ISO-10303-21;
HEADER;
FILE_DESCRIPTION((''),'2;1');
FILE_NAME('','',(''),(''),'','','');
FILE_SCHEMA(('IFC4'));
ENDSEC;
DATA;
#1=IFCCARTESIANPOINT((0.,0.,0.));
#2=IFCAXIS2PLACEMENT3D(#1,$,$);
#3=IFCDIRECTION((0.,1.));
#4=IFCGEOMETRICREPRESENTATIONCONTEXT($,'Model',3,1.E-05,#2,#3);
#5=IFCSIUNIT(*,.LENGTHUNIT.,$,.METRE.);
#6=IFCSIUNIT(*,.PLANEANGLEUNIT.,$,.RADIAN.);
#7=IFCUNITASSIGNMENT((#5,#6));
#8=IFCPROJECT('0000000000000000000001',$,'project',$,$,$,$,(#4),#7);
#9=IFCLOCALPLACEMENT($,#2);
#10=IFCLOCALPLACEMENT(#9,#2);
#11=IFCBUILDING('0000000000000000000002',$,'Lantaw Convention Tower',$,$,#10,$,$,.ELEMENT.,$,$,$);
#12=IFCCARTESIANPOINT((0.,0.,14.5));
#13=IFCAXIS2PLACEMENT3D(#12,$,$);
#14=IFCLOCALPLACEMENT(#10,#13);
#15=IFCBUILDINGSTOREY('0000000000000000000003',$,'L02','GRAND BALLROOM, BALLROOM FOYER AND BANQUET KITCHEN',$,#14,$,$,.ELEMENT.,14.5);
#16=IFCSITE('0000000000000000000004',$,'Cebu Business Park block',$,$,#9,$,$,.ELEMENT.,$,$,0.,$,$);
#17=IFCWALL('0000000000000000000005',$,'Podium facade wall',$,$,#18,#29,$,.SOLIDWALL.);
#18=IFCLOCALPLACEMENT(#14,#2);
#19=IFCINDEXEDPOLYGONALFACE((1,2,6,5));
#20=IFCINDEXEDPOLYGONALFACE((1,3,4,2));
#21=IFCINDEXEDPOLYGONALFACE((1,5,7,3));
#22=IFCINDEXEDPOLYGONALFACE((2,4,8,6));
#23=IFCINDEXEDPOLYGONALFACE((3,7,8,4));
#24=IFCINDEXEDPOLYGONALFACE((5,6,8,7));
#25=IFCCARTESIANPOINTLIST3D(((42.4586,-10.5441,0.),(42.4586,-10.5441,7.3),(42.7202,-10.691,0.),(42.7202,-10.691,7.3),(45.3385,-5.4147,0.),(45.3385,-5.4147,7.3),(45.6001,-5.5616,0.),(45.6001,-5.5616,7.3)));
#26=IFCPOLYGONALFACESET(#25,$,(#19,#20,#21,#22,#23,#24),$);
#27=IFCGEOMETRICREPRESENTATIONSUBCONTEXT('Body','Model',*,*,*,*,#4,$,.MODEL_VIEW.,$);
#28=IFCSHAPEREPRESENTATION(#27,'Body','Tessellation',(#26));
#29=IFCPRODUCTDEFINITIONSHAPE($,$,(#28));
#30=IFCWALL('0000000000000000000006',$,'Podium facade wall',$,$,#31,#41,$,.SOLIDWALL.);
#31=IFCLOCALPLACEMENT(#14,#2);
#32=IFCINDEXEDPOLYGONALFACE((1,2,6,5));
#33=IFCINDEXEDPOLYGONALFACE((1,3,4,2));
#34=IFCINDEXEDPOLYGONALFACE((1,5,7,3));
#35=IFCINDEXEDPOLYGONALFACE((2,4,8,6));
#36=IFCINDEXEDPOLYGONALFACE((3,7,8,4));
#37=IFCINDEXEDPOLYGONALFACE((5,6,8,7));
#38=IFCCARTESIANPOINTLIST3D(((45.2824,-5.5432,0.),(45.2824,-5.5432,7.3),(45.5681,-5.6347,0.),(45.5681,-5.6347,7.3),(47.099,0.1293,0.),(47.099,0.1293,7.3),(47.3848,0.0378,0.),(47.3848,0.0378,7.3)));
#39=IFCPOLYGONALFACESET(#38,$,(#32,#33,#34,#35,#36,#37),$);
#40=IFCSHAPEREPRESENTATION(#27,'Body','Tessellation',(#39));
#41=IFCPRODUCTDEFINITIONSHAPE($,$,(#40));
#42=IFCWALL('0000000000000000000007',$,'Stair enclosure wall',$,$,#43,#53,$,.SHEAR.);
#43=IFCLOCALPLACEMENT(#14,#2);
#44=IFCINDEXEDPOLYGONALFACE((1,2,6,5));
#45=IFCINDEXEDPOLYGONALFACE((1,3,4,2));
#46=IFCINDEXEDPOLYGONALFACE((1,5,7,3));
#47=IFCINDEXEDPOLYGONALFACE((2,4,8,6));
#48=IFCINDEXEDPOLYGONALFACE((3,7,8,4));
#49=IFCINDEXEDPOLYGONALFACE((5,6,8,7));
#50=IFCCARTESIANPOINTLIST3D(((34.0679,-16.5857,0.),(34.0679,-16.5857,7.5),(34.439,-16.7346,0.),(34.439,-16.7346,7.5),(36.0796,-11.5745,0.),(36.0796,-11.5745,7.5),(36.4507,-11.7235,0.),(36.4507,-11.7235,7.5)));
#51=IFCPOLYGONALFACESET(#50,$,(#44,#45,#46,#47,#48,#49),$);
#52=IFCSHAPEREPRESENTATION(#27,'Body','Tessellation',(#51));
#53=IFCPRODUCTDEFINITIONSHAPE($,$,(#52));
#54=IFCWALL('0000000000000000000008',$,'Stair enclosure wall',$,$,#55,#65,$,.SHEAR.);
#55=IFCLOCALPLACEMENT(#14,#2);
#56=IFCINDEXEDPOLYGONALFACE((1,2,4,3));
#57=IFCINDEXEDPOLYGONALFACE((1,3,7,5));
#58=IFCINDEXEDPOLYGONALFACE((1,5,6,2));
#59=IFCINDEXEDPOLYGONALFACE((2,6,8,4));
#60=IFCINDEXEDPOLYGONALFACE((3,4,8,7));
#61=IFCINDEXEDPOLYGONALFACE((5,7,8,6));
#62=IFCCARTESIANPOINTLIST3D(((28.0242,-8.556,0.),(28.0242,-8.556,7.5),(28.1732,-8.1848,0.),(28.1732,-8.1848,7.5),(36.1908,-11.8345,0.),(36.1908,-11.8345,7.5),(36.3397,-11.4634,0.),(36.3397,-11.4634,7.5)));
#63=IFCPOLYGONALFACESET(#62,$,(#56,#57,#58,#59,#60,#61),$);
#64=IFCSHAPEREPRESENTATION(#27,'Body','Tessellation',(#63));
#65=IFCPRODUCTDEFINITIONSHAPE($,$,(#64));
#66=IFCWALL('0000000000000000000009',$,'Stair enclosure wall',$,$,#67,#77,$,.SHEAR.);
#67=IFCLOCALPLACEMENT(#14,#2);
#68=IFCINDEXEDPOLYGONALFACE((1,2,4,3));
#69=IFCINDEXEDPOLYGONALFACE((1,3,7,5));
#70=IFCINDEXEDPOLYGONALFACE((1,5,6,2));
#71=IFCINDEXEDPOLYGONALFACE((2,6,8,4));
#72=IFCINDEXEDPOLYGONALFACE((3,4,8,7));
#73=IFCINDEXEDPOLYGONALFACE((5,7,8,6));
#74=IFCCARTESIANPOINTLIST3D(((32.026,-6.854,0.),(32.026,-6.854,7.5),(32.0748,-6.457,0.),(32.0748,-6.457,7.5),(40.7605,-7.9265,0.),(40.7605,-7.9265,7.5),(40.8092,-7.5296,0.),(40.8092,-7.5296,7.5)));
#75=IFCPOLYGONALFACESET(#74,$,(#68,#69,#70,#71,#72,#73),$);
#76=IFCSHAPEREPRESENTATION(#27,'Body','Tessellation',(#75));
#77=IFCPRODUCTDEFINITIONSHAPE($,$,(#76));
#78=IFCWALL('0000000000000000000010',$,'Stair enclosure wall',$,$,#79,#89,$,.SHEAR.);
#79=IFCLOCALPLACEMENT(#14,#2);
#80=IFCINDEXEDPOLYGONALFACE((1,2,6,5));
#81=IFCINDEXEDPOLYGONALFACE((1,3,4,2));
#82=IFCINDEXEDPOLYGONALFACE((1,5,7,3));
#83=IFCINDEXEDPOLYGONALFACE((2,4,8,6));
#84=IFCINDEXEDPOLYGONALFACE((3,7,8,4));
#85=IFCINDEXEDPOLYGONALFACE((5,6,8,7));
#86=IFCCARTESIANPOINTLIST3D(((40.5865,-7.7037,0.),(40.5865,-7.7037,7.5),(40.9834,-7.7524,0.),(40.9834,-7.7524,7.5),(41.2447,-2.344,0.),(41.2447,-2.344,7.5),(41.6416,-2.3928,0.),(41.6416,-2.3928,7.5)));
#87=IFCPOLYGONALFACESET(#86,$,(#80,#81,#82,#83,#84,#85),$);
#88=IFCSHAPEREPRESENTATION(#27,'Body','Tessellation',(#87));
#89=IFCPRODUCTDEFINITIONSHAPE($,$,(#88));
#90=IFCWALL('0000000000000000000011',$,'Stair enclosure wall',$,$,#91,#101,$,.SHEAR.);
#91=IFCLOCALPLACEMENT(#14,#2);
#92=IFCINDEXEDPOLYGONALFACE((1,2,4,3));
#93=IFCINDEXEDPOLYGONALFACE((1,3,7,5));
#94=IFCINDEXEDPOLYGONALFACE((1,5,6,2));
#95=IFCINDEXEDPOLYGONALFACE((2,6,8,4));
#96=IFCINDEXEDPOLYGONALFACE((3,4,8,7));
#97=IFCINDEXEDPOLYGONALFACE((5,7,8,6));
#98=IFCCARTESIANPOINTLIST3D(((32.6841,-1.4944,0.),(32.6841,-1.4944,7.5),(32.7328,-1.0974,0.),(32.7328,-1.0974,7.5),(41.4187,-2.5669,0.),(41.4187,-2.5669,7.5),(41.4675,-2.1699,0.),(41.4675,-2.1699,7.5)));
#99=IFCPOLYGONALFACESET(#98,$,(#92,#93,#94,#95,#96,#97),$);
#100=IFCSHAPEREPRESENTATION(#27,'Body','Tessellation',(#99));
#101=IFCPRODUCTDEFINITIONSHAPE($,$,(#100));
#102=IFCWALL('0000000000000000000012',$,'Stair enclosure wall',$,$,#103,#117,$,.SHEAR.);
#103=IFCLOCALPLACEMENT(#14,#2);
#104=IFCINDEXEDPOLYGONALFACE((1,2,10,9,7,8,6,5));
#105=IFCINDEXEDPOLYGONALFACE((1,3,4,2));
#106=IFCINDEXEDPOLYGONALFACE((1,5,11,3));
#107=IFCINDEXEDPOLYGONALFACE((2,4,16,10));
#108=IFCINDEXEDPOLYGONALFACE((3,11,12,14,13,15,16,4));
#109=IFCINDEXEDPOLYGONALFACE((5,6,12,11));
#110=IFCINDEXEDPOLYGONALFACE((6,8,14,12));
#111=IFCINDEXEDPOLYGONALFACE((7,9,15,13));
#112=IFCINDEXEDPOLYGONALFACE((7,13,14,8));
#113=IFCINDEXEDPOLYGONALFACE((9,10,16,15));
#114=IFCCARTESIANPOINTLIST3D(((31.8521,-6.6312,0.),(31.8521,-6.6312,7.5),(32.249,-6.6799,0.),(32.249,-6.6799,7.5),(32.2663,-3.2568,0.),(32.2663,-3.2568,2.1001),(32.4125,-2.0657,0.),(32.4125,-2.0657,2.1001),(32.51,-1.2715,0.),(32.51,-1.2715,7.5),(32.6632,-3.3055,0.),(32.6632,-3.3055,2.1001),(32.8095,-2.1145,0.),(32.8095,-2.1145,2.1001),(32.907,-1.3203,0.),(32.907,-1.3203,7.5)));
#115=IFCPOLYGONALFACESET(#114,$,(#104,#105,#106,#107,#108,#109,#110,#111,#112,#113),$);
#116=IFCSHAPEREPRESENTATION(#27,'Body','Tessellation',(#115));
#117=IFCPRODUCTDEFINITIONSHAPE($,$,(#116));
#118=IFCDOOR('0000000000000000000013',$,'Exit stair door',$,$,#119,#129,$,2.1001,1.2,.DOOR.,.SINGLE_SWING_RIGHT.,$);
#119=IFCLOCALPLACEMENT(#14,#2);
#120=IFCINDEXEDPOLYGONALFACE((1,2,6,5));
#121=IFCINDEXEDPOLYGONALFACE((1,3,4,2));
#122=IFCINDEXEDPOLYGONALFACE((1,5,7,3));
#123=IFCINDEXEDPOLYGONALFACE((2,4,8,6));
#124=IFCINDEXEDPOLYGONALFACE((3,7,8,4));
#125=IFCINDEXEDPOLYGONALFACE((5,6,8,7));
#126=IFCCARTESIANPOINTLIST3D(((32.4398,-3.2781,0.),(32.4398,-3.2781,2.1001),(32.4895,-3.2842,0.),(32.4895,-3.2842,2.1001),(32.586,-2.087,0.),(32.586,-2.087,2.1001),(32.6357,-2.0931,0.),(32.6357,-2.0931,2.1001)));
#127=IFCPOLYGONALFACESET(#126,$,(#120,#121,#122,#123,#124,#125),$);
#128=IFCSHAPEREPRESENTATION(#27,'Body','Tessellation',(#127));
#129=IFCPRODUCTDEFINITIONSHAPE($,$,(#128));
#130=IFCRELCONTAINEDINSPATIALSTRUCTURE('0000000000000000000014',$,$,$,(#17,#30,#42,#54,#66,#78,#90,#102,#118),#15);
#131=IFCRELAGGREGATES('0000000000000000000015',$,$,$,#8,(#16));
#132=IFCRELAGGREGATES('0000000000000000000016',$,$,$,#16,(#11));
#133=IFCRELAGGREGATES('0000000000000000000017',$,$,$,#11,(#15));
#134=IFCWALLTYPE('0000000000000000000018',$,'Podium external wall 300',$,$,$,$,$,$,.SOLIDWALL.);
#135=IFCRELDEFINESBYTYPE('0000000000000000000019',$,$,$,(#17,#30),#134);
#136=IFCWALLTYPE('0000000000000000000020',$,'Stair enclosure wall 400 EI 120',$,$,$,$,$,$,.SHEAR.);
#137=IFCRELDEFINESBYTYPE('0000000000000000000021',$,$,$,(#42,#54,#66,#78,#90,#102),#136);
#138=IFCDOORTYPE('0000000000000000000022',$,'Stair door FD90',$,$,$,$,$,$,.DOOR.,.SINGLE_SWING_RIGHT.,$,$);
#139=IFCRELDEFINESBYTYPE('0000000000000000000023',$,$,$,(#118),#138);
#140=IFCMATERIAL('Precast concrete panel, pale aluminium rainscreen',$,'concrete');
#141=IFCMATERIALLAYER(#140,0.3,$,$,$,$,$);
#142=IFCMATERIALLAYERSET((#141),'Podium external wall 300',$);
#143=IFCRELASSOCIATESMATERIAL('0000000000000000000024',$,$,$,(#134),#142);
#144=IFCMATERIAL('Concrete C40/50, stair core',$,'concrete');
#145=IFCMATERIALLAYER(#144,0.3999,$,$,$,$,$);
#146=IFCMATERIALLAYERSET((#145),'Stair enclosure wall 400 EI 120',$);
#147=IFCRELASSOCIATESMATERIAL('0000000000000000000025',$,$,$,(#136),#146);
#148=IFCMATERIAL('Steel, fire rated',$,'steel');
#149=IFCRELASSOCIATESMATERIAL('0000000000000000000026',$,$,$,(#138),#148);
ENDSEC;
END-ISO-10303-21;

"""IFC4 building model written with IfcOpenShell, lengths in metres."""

from ifc_helpers import new_model, si_unit, direction, frame, frame_2d, origin, place, context, subcontext, project, spatial, rectangle, extrude, material, layer, layer_set, type_object, element, fill, save


model = new_model("IFC4")

# Units and contexts
model_context = context("Model", 3, precision=1e-05, world=origin(), true_north=direction((0.0, 1.0)))
body_context = subcontext(model_context, "Body", "Model", "MODEL_VIEW")
ifc_project = project(units=[si_unit("LENGTHUNIT", "METRE"), si_unit("PLANEANGLEUNIT", "RADIAN")], contexts=[model_context])

# Site, building, storey
site_placement = place(None, origin())
site = spatial("IfcSite", under=ifc_project, at=site_placement, Name="Cebu Business Park block", CompositionType="ELEMENT", RefElevation=0.0)
building_placement = place(site_placement, origin())
building = spatial("IfcBuilding", under=site, at=building_placement, Name="Lantaw Convention Tower", CompositionType="ELEMENT")
storey_placement = place(building_placement, frame((0.0, 0.0, 14.5)))
storey = spatial("IfcBuildingStorey", under=building, at=storey_placement, Name="L02", Description="GRAND BALLROOM, BALLROOM FOYER AND BANQUET KITCHEN", CompositionType="ELEMENT", Elevation=14.5)

# Walls
ifc_material_1 = material(Name="Precast concrete panel, pale aluminium rainscreen", Category="concrete")
ifc_layer_1 = layer(ifc_material_1, 0.3)
ifc_layer_set_1 = layer_set([ifc_layer_1], Name="Podium external wall 300")
wall_type_1 = type_object("IfcWallType", Name="Podium external wall 300", PredefinedType="SOLIDWALL", material=ifc_layer_set_1)
wall_1_placement = place(storey_placement, frame((42.5894, -10.6177, 0.0), z_axis=(0.0, 0.0, 1.0), x_axis=(0.489564, 0.871968, 0.0)))
element("IfcWall", 1, at=wall_1_placement, inside=storey, type_object=wall_type_1, Name="Podium facade wall", PredefinedType="SOLIDWALL", context=body_context, shape_type="SweptSolid", body=[
    extrude(rectangle(XDim=5.8826, YDim=0.3, at=frame_2d((2.9414, 0.0))), origin(), (0.0, 0.0, 1.0), 7.3),
])
wall_2_placement = place(storey_placement, frame((45.4253, -5.5889, 0.0), z_axis=(0.0, 0.0, 1.0), x_axis=(0.304991, 0.952355, 0.0)))
element("IfcWall", 2, at=wall_2_placement, inside=storey, type_object=wall_type_1, Name="Podium facade wall", PredefinedType="SOLIDWALL", context=body_context, shape_type="SweptSolid", body=[
    extrude(rectangle(XDim=5.9563, YDim=0.3, at=frame_2d((2.978, 0.0))), origin(), (0.0, 0.0, 1.0), 7.3),
])

# Walls
ifc_material_2 = material(Name="Concrete C40/50, stair core", Category="concrete")
ifc_layer_2 = layer(ifc_material_2, 0.3999)
ifc_layer_set_2 = layer_set([ifc_layer_2], Name="Stair enclosure wall 400 EI 120")
wall_type_2 = type_object("IfcWallType", Name="Stair enclosure wall 400 EI 120", PredefinedType="SHEAR", material=ifc_layer_set_2)
wall_3_placement = place(storey_placement, frame((34.2534, -16.6602, 0.0), z_axis=(0.0, 0.0, 1.0), x_axis=(0.372544, 0.928015, 0.0)))
element("IfcWall", 3, at=wall_3_placement, inside=storey, type_object=wall_type_2, Name="Stair enclosure wall", PredefinedType="SHEAR", context=body_context, shape_type="SweptSolid", body=[
    extrude(rectangle(XDim=5.3999, YDim=0.3999, at=frame_2d((2.7, 0.0))), origin(), (0.0, 0.0, 1.0), 7.5),
])
for number, where, z_axis, x_axis, name in (
    (4, (36.2651, -11.6489, 0.0), (0.0, 0.0, 1.0), (-0.928007, 0.372562, 0.0), "Stair enclosure wall"),
    (5, (32.0505, -6.6555, 0.0), (0.0, 0.0, 1.0), (0.992545, -0.121876, 0.0), "Stair enclosure wall"),
):
    element("IfcWall", number, at=place(storey_placement, frame(where, z_axis=z_axis, x_axis=x_axis)), inside=storey, type_object=wall_type_2, Name=name, PredefinedType="SHEAR", context=body_context, shape_type="SweptSolid", body=[
        extrude(rectangle(XDim=8.8, YDim=0.3999, at=frame_2d((4.3999, 0.0))), origin(), (0.0, 0.0, 1.0), 7.5),
    ])
wall_4_placement = place(storey_placement, frame((40.7849, -7.728, 0.0), z_axis=(0.0, 0.0, 1.0), x_axis=(0.121892, 0.992543, 0.0)))
element("IfcWall", 6, at=wall_4_placement, inside=storey, type_object=wall_type_2, Name="Stair enclosure wall", PredefinedType="SHEAR", context=body_context, shape_type="SweptSolid", body=[
    extrude(rectangle(XDim=5.3999, YDim=0.3999, at=frame_2d((2.7, 0.0))), origin(), (0.0, 0.0, 1.0), 7.5),
])
wall_5_placement = place(storey_placement, frame((41.4431, -2.3684, 0.0), z_axis=(0.0, 0.0, 1.0), x_axis=(-0.992546, 0.121873, 0.0)))
element("IfcWall", 7, at=wall_5_placement, inside=storey, type_object=wall_type_2, Name="Stair enclosure wall", PredefinedType="SHEAR", context=body_context, shape_type="SweptSolid", body=[
    extrude(rectangle(XDim=8.8003, YDim=0.3999, at=frame_2d((4.4001, 0.0))), origin(), (0.0, 0.0, 1.0), 7.5),
])

# Wall, opening, door
wall_6_placement = place(storey_placement, frame((32.7085, -1.2959, 0.0), z_axis=(0.0, 0.0, 1.0), x_axis=(-0.121848, -0.992549, 0.0)))
wall_6 = element("IfcWall", 8, at=wall_6_placement, inside=storey, type_object=wall_type_2, Name="Stair enclosure wall", PredefinedType="SHEAR", context=body_context, shape_type="SweptSolid", body=[
    extrude(rectangle(XDim=5.3999, YDim=0.3999, at=frame_2d((2.7, 0.0))), origin(), (0.0, 0.0, 1.0), 7.5),
])
opening_1_placement = place(wall_6_placement, frame((0.8, 0.0, 0.0)))
opening_1 = element("IfcOpeningElement", 9, at=opening_1_placement, cuts=wall_6, PredefinedType="OPENING", context=body_context, shape_type="SweptSolid", body=[
    extrude(rectangle(XDim=1.2, YDim=2.1001, at=frame_2d((0.6001, 1.05))), frame((0.0, 0.21, 0.0), z_axis=(0.0, -1.0, 0.0), x_axis=(1.0, 0.0, 0.0)), (0.0, 0.0, 1.0), 0.4199),
])
ifc_material_3 = material(Name="Steel, fire rated", Category="steel")
door_type_1 = type_object("IfcDoorType", Name="Stair door FD90", OperationType="SINGLE_SWING_RIGHT", PredefinedType="DOOR", material=ifc_material_3)
door_1_placement = place(opening_1_placement, origin())
door_1 = element("IfcDoor", 10, at=door_1_placement, inside=storey, type_object=door_type_1, Name="Exit stair door", OperationType="SINGLE_SWING_RIGHT", OverallHeight=2.1001, OverallWidth=1.2, PredefinedType="DOOR", context=body_context, shape_type="SweptSolid", body=[
    extrude(rectangle(XDim=1.2, YDim=2.1001, at=frame_2d((0.6001, 1.05))), frame((0.0, 0.0249, 0.0), z_axis=(0.0, -1.0, 0.0), x_axis=(1.0, 0.0, 0.0)), (0.0, 0.0, 1.0), 0.05),
])
fill(opening_1, door_1)

save(model, "model.ifc")
